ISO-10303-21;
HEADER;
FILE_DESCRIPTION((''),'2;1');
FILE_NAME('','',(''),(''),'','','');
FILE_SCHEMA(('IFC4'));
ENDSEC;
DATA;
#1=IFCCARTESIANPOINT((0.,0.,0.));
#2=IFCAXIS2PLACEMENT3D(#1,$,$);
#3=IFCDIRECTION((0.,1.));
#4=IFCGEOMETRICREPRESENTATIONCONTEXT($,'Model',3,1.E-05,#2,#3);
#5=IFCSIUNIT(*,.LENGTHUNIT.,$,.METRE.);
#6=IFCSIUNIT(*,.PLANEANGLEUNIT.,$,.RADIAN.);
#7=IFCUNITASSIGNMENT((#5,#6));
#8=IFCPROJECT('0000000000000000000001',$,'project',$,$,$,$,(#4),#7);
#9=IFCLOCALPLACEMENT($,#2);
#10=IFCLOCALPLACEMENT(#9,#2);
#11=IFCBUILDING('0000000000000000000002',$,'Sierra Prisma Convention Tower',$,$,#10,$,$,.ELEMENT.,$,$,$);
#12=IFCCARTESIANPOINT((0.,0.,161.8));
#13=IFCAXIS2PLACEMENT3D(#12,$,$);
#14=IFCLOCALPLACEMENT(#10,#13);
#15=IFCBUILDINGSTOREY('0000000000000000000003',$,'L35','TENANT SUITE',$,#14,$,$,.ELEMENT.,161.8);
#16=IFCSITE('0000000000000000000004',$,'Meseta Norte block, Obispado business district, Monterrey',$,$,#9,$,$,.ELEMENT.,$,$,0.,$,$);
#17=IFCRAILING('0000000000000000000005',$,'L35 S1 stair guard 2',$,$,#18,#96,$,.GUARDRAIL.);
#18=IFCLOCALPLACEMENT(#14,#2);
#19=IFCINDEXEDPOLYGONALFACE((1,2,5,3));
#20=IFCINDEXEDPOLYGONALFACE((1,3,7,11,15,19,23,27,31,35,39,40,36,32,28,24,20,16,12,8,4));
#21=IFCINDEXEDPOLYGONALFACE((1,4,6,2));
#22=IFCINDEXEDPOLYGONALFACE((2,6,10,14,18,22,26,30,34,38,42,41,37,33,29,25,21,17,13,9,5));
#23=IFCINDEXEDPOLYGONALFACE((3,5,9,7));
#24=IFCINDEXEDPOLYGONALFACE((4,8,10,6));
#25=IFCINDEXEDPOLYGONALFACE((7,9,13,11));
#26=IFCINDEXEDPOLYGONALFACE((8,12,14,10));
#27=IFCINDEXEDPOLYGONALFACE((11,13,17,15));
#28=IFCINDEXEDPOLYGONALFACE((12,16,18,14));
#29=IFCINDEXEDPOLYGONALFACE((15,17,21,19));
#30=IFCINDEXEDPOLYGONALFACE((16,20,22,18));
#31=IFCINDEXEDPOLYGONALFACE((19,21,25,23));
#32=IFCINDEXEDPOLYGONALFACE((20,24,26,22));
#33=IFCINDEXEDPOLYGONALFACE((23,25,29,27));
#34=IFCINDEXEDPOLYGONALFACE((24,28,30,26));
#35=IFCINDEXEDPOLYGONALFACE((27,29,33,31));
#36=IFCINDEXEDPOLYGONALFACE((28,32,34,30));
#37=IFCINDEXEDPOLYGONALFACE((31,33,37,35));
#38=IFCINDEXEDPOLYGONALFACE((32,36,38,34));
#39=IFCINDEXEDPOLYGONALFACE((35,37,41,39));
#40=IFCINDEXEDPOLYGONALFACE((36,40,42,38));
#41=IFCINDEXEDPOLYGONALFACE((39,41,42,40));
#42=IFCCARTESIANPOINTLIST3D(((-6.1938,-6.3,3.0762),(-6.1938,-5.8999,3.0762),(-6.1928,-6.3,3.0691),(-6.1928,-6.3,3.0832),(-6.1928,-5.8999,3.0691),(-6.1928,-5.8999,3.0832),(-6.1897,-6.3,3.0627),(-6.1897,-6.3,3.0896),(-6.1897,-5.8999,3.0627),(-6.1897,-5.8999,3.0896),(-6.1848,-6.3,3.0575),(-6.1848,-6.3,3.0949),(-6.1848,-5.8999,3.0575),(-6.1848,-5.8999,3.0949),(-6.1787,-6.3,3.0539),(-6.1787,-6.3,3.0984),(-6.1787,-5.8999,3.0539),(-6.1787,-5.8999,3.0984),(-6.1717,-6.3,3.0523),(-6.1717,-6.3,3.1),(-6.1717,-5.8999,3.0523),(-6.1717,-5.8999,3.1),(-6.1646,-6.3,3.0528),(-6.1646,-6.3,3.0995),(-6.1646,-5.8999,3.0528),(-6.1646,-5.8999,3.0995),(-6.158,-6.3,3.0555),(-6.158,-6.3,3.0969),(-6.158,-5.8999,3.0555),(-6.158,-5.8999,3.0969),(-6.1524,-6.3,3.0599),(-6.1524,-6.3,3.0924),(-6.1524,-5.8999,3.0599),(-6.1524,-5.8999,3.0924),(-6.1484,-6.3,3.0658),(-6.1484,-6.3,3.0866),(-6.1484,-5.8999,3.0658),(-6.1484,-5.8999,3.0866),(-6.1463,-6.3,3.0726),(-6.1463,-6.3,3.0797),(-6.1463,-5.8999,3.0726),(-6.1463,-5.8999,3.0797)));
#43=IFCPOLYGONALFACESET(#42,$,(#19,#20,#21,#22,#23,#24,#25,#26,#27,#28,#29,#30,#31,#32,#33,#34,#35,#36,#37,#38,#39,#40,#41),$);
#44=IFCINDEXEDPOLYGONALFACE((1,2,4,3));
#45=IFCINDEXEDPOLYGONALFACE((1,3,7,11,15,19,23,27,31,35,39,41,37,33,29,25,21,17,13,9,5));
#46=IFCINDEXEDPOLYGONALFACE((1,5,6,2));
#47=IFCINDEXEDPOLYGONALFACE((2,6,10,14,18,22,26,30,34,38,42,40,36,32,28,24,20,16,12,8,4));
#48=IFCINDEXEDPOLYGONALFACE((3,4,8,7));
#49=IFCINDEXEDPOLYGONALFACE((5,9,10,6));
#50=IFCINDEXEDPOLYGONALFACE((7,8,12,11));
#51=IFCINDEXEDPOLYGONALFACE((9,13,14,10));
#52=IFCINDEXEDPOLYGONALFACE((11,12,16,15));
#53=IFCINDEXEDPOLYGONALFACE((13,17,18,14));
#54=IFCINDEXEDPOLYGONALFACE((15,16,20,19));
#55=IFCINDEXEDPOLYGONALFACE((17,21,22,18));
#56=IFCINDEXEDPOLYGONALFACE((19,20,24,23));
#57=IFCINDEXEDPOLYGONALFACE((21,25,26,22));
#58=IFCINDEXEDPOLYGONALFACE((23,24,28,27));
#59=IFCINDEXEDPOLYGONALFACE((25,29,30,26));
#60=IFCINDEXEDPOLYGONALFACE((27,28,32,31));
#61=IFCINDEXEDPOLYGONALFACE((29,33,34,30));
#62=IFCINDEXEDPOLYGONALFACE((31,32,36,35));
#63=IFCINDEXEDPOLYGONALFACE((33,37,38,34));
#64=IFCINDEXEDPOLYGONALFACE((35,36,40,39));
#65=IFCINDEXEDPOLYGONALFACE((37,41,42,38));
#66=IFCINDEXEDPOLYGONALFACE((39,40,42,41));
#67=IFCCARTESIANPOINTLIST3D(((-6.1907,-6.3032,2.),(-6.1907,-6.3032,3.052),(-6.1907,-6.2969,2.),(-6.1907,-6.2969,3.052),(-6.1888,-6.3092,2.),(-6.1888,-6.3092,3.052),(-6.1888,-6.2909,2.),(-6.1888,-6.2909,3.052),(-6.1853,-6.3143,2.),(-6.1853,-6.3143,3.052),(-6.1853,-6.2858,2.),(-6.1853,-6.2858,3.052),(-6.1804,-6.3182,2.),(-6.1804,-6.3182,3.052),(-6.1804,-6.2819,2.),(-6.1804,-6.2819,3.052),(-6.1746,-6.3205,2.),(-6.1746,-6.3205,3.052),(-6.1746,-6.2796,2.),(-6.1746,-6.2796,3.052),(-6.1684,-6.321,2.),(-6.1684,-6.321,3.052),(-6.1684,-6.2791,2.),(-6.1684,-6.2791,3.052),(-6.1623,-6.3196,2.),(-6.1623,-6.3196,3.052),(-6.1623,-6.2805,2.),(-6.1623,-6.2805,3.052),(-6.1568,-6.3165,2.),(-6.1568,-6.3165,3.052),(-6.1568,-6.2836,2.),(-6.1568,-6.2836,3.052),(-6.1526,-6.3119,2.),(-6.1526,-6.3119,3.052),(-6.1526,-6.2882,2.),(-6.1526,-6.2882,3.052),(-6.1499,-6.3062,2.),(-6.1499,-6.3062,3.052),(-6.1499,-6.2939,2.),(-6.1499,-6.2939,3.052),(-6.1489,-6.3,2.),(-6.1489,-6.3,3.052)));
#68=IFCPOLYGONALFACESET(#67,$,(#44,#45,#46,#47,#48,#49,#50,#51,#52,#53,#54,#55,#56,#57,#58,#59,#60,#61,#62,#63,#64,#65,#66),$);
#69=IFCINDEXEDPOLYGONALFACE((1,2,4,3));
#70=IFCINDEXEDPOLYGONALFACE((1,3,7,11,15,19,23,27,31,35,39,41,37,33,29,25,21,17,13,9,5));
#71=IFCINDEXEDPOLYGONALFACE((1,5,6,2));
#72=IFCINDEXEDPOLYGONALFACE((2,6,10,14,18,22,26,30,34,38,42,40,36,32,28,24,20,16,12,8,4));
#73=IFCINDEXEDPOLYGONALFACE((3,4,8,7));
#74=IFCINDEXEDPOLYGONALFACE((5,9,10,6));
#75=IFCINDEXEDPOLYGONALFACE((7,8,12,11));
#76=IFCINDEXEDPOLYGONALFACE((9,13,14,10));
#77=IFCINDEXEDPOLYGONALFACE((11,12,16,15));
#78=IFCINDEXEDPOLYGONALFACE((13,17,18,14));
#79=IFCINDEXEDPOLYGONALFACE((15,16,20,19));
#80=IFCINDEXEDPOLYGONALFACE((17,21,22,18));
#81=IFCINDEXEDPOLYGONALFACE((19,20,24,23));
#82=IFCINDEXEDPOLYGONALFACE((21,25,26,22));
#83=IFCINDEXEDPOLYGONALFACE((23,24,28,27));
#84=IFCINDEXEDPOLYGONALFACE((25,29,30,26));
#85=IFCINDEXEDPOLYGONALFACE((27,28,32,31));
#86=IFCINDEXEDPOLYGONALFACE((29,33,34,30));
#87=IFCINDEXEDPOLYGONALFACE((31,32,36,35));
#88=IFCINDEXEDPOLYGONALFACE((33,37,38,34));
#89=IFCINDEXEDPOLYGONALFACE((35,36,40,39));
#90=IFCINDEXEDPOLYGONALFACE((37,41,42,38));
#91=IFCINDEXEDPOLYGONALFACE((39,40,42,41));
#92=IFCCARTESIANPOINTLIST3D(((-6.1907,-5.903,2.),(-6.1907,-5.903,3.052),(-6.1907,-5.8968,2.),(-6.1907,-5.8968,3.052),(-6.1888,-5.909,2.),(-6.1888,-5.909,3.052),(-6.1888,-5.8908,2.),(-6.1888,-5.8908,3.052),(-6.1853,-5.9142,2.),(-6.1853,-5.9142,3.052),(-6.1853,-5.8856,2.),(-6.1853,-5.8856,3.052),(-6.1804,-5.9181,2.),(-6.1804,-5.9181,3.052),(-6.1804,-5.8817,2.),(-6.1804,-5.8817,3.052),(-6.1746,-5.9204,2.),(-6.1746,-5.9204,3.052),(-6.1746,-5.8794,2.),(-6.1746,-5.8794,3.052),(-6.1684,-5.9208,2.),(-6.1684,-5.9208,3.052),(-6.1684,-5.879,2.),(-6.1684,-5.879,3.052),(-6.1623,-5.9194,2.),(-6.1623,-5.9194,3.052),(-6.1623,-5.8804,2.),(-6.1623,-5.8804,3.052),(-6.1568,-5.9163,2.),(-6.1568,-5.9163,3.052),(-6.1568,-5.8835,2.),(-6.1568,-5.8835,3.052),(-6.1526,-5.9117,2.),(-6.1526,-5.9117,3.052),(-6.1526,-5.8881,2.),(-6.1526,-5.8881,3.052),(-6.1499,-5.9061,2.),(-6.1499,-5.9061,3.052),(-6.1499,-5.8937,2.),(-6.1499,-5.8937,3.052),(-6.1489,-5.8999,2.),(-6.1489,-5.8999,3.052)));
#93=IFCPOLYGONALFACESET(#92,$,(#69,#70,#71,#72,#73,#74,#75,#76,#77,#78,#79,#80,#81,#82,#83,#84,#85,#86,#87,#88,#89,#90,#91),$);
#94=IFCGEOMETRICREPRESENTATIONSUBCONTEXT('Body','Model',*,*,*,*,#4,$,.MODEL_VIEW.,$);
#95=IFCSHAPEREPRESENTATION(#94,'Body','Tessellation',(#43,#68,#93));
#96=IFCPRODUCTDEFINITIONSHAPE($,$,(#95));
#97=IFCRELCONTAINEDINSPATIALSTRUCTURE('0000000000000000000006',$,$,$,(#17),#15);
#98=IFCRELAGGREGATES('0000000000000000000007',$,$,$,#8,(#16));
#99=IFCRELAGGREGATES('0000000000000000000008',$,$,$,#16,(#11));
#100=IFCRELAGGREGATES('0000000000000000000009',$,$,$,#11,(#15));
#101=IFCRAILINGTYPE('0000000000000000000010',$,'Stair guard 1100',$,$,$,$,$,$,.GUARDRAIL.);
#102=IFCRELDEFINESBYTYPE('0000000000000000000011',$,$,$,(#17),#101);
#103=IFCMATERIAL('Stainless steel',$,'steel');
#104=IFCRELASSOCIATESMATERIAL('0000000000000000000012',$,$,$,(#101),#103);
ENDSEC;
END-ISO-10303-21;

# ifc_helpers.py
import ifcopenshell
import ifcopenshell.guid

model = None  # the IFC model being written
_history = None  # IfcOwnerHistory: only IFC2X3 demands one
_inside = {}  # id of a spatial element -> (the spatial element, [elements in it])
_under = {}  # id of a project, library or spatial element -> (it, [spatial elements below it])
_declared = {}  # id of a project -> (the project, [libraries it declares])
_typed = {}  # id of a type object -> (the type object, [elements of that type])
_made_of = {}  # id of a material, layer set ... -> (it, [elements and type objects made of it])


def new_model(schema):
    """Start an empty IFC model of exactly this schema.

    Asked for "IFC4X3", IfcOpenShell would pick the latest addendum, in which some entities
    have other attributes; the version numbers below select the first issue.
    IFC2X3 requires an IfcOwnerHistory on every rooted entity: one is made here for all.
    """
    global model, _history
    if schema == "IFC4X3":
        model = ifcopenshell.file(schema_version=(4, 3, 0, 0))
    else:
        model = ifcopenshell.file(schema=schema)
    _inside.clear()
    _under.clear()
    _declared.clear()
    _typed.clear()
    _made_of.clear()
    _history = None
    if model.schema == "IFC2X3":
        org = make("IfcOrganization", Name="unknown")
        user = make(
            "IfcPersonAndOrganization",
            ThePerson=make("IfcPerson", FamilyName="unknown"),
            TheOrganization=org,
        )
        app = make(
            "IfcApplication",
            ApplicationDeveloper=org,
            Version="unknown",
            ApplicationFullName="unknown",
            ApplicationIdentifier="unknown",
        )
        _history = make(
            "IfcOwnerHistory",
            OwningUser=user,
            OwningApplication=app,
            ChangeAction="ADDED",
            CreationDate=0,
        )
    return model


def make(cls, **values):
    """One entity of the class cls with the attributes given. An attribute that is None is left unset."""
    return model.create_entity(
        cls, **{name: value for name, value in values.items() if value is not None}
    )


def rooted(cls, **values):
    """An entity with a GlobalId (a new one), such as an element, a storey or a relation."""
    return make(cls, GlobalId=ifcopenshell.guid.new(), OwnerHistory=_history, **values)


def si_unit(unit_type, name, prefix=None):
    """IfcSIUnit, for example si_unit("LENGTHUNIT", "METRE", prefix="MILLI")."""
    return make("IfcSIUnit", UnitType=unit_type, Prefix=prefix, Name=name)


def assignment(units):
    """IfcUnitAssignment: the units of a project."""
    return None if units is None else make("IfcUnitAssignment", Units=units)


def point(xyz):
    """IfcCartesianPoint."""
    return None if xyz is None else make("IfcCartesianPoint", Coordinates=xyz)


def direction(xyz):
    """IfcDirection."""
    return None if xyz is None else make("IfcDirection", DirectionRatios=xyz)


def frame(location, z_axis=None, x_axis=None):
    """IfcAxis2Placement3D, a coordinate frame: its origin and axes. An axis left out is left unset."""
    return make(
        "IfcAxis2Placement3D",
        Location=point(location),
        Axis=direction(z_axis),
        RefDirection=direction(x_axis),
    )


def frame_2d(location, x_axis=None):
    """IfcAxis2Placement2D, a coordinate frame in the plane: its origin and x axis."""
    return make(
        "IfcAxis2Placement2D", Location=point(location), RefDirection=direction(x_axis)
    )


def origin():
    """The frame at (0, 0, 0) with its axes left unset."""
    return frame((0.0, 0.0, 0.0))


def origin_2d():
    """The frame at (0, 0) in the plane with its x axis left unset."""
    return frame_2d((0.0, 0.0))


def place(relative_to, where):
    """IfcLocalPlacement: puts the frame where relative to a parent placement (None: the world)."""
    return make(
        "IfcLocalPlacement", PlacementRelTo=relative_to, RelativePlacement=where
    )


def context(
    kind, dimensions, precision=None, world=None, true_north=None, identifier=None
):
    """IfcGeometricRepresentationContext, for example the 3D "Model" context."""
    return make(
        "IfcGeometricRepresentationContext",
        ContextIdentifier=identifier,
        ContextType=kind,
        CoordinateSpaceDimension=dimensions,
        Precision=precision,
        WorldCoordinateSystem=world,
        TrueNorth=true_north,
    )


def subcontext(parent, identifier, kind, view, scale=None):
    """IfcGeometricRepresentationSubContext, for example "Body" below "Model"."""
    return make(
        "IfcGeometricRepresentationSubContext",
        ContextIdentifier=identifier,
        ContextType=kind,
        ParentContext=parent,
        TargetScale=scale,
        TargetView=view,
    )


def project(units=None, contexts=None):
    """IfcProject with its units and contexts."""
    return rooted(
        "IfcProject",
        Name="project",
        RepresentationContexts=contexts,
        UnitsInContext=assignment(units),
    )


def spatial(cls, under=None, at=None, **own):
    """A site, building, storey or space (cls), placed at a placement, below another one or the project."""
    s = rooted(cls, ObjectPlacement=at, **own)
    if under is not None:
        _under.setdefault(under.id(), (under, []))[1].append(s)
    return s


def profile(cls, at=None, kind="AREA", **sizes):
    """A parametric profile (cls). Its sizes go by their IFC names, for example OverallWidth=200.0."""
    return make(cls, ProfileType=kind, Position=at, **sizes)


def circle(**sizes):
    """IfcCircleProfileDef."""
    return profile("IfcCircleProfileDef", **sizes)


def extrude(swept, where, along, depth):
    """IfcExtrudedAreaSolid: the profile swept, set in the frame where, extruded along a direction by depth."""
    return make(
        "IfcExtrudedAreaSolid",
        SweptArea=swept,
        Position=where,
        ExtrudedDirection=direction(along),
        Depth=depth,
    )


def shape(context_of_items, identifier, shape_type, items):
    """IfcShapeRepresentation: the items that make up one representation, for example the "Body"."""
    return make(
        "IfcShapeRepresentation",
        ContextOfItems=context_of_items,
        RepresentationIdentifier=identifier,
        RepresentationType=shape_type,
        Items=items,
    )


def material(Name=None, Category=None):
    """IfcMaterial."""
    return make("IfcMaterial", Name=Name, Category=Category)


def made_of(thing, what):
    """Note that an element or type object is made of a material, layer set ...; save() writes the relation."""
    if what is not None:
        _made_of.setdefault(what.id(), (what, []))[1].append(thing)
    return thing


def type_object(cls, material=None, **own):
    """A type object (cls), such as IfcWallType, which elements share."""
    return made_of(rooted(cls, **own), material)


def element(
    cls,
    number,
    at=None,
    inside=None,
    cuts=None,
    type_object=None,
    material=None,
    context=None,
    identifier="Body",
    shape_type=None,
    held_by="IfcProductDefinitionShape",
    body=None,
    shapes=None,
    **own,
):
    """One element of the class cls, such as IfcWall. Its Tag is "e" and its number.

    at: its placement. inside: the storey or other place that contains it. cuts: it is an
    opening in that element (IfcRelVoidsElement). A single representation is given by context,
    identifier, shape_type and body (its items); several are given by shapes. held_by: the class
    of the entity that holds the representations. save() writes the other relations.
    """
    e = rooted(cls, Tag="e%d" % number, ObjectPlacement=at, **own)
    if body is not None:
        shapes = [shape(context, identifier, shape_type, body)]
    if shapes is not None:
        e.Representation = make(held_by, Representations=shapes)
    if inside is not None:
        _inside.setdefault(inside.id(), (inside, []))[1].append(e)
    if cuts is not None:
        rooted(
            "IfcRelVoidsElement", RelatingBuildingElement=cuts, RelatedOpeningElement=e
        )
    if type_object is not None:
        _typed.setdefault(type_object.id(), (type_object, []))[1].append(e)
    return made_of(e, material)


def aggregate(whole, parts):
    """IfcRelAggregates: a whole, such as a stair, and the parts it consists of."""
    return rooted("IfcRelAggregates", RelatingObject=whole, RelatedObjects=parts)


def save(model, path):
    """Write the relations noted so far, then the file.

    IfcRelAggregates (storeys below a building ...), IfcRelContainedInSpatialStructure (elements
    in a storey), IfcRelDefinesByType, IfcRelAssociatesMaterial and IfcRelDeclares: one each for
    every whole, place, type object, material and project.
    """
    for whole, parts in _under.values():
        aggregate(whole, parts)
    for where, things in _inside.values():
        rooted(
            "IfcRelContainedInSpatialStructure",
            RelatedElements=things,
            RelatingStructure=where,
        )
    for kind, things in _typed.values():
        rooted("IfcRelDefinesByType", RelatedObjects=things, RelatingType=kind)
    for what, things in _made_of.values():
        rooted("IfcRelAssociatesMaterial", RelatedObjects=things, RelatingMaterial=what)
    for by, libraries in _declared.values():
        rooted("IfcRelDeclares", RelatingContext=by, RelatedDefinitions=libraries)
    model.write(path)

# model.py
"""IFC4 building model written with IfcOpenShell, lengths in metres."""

from ifc_helpers import new_model, si_unit, direction, frame, origin, origin_2d, place, context, subcontext, project, spatial, circle, extrude, material, type_object, element, save


model = new_model("IFC4")

# Units and contexts
model_context = context("Model", 3, precision=1e-05, world=origin(), true_north=direction((0.0, 1.0)))
body_context = subcontext(model_context, "Body", "Model", "MODEL_VIEW")
ifc_project = project(units=[si_unit("LENGTHUNIT", "METRE"), si_unit("PLANEANGLEUNIT", "RADIAN")], contexts=[model_context])

# Site, building, storey
site_placement = place(None, origin())
site = spatial("IfcSite", under=ifc_project, at=site_placement, Name="Meseta Norte block, Obispado business district, Monterrey", CompositionType="ELEMENT", RefElevation=0.0)
building_placement = place(site_placement, origin())
building = spatial("IfcBuilding", under=site, at=building_placement, Name="Sierra Prisma Convention Tower", CompositionType="ELEMENT")
storey_placement = place(building_placement, frame((0.0, 0.0, 161.8)))
storey = spatial("IfcBuildingStorey", under=building, at=storey_placement, Name="L35", Description="TENANT SUITE", CompositionType="ELEMENT", Elevation=161.8)

# Railing
ifc_material_1 = material(Name="Stainless steel", Category="steel")
railing_type_1 = type_object("IfcRailingType", Name="Stair guard 1100", PredefinedType="GUARDRAIL", material=ifc_material_1)
railing_1_placement = place(storey_placement, frame((-6.1699, -6.3, 2.0)))
element("IfcRailing", 1, at=railing_1_placement, inside=storey, type_object=railing_type_1, Name="L35 S1 stair guard 2", PredefinedType="GUARDRAIL", context=body_context, shape_type="SweptSolid", body=[
    extrude(circle(Radius=0.0239, at=origin_2d()), frame((0.0, 0.0, 1.0762), z_axis=(0.0, 1.0, 0.0), x_axis=(-1.0, 0.0, 0.0)), (0.0, 0.0, 1.0), 0.4001),
    extrude(circle(Radius=0.021, at=origin_2d()), origin(), (0.0, 0.0, 1.0), 1.052),
    extrude(circle(Radius=0.021, at=origin_2d()), frame((0.0, 0.4001, 0.0)), (0.0, 0.0, 1.0), 1.052),
])

save(model, "model.ifc")
